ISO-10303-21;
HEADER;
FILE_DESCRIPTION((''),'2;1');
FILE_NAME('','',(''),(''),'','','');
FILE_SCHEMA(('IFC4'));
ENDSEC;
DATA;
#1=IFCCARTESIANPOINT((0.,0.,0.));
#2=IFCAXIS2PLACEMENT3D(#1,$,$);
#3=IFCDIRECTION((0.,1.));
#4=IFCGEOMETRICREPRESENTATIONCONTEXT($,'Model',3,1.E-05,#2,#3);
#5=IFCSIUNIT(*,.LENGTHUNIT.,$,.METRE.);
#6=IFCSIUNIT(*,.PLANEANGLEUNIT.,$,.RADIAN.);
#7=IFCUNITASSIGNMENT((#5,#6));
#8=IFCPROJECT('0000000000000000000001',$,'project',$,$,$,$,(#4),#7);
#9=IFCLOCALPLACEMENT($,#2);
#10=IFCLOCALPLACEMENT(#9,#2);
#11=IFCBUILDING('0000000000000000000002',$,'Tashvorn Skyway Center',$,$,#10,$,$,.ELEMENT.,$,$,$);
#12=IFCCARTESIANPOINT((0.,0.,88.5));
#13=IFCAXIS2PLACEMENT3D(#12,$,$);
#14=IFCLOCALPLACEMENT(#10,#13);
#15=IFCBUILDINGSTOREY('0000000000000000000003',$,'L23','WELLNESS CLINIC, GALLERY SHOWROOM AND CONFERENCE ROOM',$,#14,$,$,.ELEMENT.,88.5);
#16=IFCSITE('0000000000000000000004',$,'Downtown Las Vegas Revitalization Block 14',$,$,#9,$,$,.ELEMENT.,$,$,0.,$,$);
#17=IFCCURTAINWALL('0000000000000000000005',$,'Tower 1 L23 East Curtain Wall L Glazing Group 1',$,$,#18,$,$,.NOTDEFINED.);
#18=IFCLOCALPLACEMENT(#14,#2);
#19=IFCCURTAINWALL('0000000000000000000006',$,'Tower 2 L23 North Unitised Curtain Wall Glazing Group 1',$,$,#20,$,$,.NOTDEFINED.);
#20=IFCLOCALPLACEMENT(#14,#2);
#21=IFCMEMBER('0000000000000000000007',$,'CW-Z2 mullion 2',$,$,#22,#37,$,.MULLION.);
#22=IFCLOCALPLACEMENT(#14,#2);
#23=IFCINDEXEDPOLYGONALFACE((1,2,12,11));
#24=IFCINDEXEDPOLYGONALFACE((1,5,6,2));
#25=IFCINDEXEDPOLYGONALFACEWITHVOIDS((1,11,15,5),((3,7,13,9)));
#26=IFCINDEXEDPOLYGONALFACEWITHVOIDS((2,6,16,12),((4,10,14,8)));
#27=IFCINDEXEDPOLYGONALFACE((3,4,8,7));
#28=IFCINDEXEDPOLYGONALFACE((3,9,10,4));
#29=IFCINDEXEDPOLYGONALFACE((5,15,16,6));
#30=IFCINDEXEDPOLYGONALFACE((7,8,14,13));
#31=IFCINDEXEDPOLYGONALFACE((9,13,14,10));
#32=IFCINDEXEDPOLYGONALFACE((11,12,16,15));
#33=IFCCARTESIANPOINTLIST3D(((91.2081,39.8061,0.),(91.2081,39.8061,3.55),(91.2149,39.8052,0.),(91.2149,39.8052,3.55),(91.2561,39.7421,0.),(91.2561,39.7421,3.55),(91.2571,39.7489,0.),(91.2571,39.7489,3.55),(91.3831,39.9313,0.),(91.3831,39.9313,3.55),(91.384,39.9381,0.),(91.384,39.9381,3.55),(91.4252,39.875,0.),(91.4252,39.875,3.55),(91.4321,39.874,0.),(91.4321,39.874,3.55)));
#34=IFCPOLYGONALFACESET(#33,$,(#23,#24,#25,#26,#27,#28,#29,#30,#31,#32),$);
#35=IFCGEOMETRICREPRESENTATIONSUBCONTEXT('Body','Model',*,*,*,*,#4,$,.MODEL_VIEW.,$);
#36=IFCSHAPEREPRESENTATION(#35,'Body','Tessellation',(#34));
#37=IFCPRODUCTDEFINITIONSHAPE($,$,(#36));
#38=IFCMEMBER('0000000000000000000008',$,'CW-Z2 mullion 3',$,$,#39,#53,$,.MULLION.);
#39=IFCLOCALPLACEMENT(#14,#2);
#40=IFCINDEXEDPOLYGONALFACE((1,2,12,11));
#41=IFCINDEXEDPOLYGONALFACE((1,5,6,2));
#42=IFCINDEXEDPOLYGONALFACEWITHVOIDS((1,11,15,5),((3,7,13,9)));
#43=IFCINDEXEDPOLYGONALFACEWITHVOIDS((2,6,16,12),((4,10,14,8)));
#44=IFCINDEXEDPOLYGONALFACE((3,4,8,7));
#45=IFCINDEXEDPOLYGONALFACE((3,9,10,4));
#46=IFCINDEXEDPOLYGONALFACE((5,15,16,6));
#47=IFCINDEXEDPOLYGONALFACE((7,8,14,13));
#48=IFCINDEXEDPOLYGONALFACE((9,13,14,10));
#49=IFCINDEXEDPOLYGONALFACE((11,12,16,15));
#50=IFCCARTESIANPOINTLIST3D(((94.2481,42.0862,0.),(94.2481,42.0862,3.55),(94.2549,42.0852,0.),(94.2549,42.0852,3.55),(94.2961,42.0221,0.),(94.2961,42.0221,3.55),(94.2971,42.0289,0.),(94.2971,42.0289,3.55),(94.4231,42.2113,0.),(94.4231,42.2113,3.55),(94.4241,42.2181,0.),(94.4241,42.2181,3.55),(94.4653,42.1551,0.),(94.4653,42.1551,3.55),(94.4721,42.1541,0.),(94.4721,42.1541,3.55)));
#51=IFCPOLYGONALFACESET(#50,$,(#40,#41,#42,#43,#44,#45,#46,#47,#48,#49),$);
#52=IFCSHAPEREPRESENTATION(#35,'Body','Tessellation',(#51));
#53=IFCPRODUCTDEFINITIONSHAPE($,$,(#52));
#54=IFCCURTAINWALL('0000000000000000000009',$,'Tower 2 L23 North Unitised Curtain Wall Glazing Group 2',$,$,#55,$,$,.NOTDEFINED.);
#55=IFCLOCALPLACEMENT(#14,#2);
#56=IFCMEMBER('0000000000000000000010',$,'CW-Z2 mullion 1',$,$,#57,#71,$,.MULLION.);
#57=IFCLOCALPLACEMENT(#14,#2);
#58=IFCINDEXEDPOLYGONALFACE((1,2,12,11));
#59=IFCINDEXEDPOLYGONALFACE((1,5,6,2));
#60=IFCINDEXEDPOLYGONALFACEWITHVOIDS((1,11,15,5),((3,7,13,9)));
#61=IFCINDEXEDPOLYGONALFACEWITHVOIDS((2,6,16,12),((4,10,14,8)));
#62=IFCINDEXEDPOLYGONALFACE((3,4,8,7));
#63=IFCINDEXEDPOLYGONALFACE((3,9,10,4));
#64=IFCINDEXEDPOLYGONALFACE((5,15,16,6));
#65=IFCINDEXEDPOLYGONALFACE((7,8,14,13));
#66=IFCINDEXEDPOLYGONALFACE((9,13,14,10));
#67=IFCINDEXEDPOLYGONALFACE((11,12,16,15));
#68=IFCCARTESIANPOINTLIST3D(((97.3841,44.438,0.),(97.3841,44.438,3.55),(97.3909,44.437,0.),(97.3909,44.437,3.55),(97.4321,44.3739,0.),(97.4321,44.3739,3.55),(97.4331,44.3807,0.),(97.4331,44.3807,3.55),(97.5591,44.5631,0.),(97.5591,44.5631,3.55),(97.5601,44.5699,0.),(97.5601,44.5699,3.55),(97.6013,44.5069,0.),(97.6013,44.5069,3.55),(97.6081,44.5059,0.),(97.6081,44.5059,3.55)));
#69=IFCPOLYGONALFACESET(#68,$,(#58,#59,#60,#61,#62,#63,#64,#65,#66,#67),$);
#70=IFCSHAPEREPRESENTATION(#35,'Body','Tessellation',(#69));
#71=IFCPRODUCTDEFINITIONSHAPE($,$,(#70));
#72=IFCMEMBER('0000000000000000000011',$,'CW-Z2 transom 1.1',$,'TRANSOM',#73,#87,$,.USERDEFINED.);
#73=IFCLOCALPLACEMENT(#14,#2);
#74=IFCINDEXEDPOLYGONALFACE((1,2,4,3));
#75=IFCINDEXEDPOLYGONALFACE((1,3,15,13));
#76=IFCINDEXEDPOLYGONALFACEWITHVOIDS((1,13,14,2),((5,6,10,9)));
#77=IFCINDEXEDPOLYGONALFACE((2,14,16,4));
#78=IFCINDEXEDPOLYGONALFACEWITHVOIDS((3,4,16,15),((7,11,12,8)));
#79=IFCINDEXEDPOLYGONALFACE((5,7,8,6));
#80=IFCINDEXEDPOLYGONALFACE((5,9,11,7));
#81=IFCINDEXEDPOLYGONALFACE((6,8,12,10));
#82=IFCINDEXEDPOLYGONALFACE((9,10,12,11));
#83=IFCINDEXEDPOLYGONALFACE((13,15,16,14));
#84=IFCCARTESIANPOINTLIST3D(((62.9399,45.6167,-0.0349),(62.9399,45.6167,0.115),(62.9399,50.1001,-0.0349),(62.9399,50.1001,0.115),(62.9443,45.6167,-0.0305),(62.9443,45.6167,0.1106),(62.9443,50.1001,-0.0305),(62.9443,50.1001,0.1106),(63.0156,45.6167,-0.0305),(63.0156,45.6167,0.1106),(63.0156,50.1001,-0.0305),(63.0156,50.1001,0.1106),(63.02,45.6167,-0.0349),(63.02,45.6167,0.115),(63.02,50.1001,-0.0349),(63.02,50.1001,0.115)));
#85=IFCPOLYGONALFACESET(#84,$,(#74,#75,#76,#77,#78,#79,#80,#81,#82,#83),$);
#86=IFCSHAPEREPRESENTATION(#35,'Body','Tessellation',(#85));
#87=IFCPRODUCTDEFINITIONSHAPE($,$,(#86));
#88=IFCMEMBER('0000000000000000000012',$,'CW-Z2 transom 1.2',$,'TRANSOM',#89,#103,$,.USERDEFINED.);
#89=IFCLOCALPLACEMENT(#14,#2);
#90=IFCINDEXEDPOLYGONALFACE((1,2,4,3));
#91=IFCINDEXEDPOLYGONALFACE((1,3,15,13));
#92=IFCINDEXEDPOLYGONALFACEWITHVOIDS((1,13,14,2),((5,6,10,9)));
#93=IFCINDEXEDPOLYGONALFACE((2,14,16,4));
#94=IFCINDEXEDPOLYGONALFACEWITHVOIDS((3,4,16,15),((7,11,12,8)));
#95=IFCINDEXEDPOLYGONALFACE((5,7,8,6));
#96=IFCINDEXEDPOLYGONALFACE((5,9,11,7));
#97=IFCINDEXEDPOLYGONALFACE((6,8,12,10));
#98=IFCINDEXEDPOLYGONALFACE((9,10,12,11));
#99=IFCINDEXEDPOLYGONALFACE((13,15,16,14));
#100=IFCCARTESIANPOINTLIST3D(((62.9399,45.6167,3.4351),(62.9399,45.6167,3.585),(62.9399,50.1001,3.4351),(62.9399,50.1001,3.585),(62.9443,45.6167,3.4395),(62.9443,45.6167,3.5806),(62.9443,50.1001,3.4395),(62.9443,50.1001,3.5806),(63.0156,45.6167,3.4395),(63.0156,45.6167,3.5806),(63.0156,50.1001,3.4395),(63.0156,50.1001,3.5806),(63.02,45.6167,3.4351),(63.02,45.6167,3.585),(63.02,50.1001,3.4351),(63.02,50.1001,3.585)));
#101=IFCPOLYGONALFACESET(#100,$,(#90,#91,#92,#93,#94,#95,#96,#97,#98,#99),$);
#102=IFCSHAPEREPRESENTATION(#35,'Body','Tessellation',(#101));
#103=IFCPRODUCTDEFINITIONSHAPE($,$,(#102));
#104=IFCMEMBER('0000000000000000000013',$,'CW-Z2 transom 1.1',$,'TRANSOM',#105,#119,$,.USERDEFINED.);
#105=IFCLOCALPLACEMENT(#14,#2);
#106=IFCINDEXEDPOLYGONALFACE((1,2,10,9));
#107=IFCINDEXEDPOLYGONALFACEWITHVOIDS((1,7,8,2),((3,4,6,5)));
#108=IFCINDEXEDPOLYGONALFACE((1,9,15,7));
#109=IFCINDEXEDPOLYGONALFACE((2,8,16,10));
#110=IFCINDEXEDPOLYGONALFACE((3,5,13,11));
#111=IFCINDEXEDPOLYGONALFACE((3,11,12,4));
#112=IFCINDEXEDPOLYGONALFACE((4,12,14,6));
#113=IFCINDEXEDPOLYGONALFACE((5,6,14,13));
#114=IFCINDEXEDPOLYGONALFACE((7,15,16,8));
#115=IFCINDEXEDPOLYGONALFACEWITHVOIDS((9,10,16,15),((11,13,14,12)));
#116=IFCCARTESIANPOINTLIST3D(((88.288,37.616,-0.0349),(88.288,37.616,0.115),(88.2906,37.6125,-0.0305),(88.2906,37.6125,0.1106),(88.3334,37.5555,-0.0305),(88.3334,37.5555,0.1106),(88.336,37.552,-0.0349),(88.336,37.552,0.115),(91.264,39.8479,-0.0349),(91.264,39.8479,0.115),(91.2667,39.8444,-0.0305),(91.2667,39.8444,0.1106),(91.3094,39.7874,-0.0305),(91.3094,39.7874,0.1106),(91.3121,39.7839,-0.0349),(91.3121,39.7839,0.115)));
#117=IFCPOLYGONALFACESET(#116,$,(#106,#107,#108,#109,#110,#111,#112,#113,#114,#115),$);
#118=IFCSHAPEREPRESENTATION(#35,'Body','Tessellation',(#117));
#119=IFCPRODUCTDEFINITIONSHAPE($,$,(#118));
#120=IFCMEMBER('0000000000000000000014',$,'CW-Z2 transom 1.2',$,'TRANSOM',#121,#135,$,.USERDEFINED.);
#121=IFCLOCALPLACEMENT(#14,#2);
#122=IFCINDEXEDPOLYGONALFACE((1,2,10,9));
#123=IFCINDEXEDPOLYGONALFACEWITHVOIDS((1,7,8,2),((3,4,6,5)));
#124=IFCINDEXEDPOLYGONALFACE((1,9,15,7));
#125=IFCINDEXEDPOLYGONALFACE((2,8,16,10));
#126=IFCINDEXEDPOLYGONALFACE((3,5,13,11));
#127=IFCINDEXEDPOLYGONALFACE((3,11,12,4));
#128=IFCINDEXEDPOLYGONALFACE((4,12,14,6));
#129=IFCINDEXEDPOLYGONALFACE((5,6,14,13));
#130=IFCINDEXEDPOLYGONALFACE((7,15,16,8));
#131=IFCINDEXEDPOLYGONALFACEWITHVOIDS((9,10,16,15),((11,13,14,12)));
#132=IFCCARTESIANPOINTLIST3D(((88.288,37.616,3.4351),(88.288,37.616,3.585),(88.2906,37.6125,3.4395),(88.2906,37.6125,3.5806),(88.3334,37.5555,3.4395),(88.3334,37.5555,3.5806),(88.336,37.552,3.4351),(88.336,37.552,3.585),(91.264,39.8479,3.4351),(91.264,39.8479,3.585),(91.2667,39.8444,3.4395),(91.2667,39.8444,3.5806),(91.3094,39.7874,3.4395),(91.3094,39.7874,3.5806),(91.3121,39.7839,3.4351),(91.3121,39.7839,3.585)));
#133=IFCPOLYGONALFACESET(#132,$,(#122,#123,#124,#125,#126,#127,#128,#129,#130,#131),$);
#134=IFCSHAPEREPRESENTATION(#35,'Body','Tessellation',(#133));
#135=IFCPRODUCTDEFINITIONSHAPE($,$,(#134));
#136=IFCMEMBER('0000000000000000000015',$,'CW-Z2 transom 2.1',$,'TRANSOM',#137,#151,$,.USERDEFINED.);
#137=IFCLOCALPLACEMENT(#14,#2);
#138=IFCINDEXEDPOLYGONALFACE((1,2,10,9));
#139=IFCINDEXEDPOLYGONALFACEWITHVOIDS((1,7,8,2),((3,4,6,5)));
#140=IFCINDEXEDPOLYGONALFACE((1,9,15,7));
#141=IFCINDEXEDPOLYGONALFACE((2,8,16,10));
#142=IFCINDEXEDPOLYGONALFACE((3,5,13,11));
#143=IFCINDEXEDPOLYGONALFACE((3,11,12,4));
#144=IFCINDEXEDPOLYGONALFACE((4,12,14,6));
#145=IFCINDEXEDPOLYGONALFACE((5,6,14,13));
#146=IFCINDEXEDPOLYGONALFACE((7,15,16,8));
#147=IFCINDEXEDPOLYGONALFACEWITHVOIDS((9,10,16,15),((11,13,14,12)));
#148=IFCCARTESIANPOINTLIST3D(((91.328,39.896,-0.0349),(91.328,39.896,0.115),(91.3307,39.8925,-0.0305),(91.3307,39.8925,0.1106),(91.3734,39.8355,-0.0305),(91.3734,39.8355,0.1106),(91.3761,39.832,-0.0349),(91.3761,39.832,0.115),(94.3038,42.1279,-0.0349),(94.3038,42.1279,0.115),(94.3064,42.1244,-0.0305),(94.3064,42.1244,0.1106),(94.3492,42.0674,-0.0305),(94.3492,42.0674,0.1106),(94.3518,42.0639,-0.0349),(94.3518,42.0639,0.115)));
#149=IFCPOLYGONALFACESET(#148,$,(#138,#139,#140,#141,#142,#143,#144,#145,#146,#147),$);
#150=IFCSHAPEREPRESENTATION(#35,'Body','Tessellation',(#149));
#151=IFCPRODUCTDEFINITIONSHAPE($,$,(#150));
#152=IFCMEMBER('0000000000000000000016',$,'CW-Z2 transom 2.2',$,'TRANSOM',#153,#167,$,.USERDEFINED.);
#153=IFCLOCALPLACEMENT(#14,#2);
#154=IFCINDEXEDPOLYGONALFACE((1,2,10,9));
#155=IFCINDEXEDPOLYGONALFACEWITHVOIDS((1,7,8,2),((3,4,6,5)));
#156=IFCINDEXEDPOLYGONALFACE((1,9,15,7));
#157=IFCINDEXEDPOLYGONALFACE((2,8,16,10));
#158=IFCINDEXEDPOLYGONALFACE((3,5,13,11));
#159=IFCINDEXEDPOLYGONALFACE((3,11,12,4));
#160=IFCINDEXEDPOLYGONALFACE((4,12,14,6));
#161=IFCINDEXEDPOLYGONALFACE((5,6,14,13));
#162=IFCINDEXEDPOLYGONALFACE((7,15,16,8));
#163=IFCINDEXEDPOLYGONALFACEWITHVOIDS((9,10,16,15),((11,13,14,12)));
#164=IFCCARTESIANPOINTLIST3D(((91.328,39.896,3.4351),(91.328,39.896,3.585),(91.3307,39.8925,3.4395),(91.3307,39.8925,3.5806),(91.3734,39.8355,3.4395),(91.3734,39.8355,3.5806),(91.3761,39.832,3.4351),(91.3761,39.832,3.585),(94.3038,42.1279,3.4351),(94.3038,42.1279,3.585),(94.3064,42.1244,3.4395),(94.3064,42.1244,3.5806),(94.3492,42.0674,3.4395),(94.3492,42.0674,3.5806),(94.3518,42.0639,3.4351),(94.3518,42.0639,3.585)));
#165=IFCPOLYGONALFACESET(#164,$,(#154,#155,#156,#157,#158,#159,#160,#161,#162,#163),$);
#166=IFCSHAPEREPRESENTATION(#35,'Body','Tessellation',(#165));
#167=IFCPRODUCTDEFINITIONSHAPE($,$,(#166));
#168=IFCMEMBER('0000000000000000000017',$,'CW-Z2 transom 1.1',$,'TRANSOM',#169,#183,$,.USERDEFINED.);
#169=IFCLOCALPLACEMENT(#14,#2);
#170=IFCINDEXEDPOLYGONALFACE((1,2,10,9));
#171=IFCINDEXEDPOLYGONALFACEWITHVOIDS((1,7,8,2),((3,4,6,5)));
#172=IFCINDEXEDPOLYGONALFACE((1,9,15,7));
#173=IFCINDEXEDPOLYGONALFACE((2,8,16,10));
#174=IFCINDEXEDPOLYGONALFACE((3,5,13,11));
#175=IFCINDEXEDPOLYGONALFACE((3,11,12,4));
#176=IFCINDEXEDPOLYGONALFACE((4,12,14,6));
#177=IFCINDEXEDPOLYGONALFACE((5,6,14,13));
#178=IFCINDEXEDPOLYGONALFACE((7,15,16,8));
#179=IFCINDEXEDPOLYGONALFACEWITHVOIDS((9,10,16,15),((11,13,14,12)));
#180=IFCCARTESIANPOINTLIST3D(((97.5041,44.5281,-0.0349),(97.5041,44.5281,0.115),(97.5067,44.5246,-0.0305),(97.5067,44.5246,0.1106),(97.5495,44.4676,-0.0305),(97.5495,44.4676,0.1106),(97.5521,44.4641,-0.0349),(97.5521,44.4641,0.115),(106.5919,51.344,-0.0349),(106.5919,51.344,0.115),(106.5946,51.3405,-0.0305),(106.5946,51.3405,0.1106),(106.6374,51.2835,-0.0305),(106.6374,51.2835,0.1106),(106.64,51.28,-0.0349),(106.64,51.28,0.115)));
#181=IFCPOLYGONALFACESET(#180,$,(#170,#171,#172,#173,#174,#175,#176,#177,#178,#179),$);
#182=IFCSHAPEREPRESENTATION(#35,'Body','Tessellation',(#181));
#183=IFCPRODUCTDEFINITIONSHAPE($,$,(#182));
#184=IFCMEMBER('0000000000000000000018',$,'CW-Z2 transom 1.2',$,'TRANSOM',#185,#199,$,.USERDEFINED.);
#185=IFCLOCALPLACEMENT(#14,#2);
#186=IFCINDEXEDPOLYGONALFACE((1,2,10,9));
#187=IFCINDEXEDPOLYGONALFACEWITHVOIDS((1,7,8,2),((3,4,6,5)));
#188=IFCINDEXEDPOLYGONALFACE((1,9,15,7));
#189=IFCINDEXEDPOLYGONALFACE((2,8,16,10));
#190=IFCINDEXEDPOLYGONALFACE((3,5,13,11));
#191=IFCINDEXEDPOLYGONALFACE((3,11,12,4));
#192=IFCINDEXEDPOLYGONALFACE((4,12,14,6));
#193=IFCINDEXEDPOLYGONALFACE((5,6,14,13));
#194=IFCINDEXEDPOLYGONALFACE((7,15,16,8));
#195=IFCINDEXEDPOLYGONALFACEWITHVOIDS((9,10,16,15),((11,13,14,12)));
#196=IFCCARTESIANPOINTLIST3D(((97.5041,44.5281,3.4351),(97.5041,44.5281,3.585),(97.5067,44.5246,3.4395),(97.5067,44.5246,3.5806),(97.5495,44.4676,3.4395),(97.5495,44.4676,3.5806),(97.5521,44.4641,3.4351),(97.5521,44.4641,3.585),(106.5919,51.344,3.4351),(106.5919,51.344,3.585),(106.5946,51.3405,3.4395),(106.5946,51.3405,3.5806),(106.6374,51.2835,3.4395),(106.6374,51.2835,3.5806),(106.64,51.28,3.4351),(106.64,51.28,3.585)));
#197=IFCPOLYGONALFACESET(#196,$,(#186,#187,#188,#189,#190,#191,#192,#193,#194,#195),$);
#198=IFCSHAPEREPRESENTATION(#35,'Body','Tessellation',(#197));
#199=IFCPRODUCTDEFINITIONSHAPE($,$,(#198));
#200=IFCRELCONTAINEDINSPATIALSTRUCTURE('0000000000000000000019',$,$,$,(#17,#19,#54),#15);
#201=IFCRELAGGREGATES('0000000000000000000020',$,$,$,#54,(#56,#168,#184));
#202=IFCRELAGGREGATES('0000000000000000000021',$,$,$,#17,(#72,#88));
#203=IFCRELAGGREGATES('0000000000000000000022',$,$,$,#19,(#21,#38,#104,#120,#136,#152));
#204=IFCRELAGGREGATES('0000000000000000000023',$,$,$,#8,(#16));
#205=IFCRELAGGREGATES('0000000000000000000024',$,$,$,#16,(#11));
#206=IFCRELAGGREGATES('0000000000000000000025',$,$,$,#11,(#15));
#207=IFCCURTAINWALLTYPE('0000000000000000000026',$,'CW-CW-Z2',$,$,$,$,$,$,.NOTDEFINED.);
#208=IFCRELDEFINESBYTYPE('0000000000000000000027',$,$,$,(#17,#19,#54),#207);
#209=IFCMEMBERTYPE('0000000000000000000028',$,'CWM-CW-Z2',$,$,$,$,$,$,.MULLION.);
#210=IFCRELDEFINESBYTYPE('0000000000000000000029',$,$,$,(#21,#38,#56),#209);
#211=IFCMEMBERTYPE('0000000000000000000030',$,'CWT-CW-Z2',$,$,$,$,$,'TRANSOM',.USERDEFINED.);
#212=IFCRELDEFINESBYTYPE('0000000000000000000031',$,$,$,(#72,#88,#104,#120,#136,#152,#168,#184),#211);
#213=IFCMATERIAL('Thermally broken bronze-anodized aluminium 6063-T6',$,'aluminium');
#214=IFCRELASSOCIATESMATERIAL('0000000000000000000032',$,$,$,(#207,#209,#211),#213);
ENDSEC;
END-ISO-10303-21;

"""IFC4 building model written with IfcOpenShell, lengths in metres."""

from ifc_helpers import new_model, si_unit, direction, frame, origin, origin_2d, place, context, subcontext, project, spatial, hollow_rectangle, extrude, material, material_profile, profile_set, type_object, element, aggregate, save


model = new_model("IFC4")

# Units and contexts
model_context = context("Model", 3, precision=1e-05, world=origin(), true_north=direction((0.0, 1.0)))
body_context = subcontext(model_context, "Body", "Model", "MODEL_VIEW")
ifc_project = project(units=[si_unit("LENGTHUNIT", "METRE"), si_unit("PLANEANGLEUNIT", "RADIAN")], contexts=[model_context])

# Site, building, storey
site_placement = place(None, origin())
site = spatial("IfcSite", under=ifc_project, at=site_placement, Name="Downtown Las Vegas Revitalization Block 14", CompositionType="ELEMENT", RefElevation=0.0)
building_placement = place(site_placement, origin())
building = spatial("IfcBuilding", under=site, at=building_placement, Name="Tashvorn Skyway Center", CompositionType="ELEMENT")
storey_placement = place(building_placement, frame((0.0, 0.0, 88.5)))
storey = spatial("IfcBuildingStorey", under=building, at=storey_placement, Name="L23", Description="WELLNESS CLINIC, GALLERY SHOWROOM AND CONFERENCE ROOM", CompositionType="ELEMENT", Elevation=88.5)

# Curtain walls, members
ifc_material_1 = material(Name="Thermally broken bronze-anodized aluminium 6063-T6", Category="aluminium")
curtain_wall_type = type_object("IfcCurtainWallType", Name="CW-CW-Z2", PredefinedType="NOTDEFINED", material=ifc_material_1)
curtain_wall_1_placement = place(storey_placement, origin())
curtain_wall_1 = element("IfcCurtainWall", 1, at=curtain_wall_1_placement, inside=storey, type_object=curtain_wall_type, Name="Tower 1 L23 East Curtain Wall L Glazing Group 1", PredefinedType="NOTDEFINED")
ifc_material_profile_1 = material_profile(ifc_material_1, hollow_rectangle(XDim=0.0801, YDim=0.22, WallThickness=0.0049, at=origin_2d()), Name="ALU-MULL-80x220")
ifc_profile_set_1 = profile_set([ifc_material_profile_1], Name="Thermally broken bronze-anodized aluminium 6063-T6")
member_type_1 = type_object("IfcMemberType", Name="CWM-CW-Z2", PredefinedType="MULLION", material=ifc_profile_set_1)
curtain_wall_2_placement = place(storey_placement, origin())
curtain_wall_2 = element("IfcCurtainWall", 2, at=curtain_wall_2_placement, inside=storey, type_object=curtain_wall_type, Name="Tower 2 L23 North Unitised Curtain Wall Glazing Group 1", PredefinedType="NOTDEFINED")
member_1_placement = place(storey_placement, frame((91.3201, 39.8401, 0.0), z_axis=(0.0, 0.0, 1.0), x_axis=(-0.6, 0.8, 0.0)))
member_1 = element("IfcMember", 3, at=member_1_placement, type_object=member_type_1, Name="CW-Z2 mullion 2", PredefinedType="MULLION", context=body_context, shape_type="SweptSolid", body=[
    extrude(hollow_rectangle(XDim=0.0801, YDim=0.22, WallThickness=0.0049, at=origin_2d()), origin(), (0.0, 0.0, 1.0), 3.55),
])
member_2_placement = place(storey_placement, frame((94.3601, 42.1201, 0.0), z_axis=(0.0, 0.0, 1.0), x_axis=(-0.6, 0.8, 0.0)))
member_2 = element("IfcMember", 4, at=member_2_placement, type_object=member_type_1, Name="CW-Z2 mullion 3", PredefinedType="MULLION", context=body_context, shape_type="SweptSolid", body=[
    extrude(hollow_rectangle(XDim=0.0801, YDim=0.22, WallThickness=0.0049, at=origin_2d()), origin(), (0.0, 0.0, 1.0), 3.55),
])

# Curtain wall, member
curtain_wall_3_placement = place(storey_placement, origin())
curtain_wall_3 = element("IfcCurtainWall", 5, at=curtain_wall_3_placement, inside=storey, type_object=curtain_wall_type, Name="Tower 2 L23 North Unitised Curtain Wall Glazing Group 2", PredefinedType="NOTDEFINED")
member_3_placement = place(storey_placement, frame((97.4961, 44.4719, 0.0), z_axis=(0.0, 0.0, 1.0), x_axis=(-0.6, 0.8, 0.0)))
member_3 = element("IfcMember", 6, at=member_3_placement, type_object=member_type_1, Name="CW-Z2 mullion 1", PredefinedType="MULLION", context=body_context, shape_type="SweptSolid", body=[
    extrude(hollow_rectangle(XDim=0.0801, YDim=0.22, WallThickness=0.0049, at=origin_2d()), origin(), (0.0, 0.0, 1.0), 3.55),
])

# Members
ifc_material_profile_2 = material_profile(ifc_material_1, hollow_rectangle(XDim=0.0801, YDim=0.1499, WallThickness=0.0044, at=origin_2d()), Name="ALU-TRAN-80x150")
ifc_profile_set_2 = profile_set([ifc_material_profile_2], Name="Thermally broken bronze-anodized aluminium 6063-T6")
member_type_2 = type_object("IfcMemberType", Name="CWT-CW-Z2", ElementType="TRANSOM", PredefinedType="USERDEFINED", material=ifc_profile_set_2)
member_4_placement = place(storey_placement, frame((62.98, 50.1001, 0.04), z_axis=(0.0, -1.0, 0.0), x_axis=(1.0, 0.0, 0.0)))
member_4 = element("IfcMember", 7, at=member_4_placement, type_object=member_type_2, Name="CW-Z2 transom 1.1", ObjectType="TRANSOM", PredefinedType="USERDEFINED", context=body_context, shape_type="SweptSolid", body=[
    extrude(hollow_rectangle(XDim=0.0801, YDim=0.1499, WallThickness=0.0044, at=origin_2d()), origin(), (0.0, 0.0, 1.0), 4.4834),
])
member_5_placement = place(storey_placement, frame((62.98, 50.1001, 3.51), z_axis=(0.0, -1.0, 0.0), x_axis=(1.0, 0.0, 0.0)))
member_5 = element("IfcMember", 8, at=member_5_placement, type_object=member_type_2, Name="CW-Z2 transom 1.2", ObjectType="TRANSOM", PredefinedType="USERDEFINED", context=body_context, shape_type="SweptSolid", body=[
    extrude(hollow_rectangle(XDim=0.0801, YDim=0.1499, WallThickness=0.0044, at=origin_2d()), origin(), (0.0, 0.0, 1.0), 4.4834),
])
member_6_placement = place(storey_placement, frame((88.312, 37.584, 0.04), z_axis=(0.800016, 0.599979, 0.0), x_axis=(-0.599979, 0.800016, 0.0)))
member_6 = element("IfcMember", 9, at=member_6_placement, type_object=member_type_2, Name="CW-Z2 transom 1.1", ObjectType="TRANSOM", PredefinedType="USERDEFINED", context=body_context, shape_type="SweptSolid", body=[
    extrude(hollow_rectangle(XDim=0.0801, YDim=0.1499, WallThickness=0.0044, at=origin_2d()), origin(), (0.0, 0.0, 1.0), 3.72),
])
member_7_placement = place(storey_placement, frame((88.312, 37.584, 3.51), z_axis=(0.800016, 0.599979, 0.0), x_axis=(-0.599979, 0.800016, 0.0)))
member_7 = element("IfcMember", 10, at=member_7_placement, type_object=member_type_2, Name="CW-Z2 transom 1.2", ObjectType="TRANSOM", PredefinedType="USERDEFINED", context=body_context, shape_type="SweptSolid", body=[
    extrude(hollow_rectangle(XDim=0.0801, YDim=0.1499, WallThickness=0.0044, at=origin_2d()), origin(), (0.0, 0.0, 1.0), 3.72),
])
member_8_placement = place(storey_placement, frame((91.3521, 39.864, 0.04), z_axis=(0.799992, 0.600011, 0.0), x_axis=(-0.600011, 0.799992, 0.0)))
member_8 = element("IfcMember", 11, at=member_8_placement, type_object=member_type_2, Name="CW-Z2 transom 2.1", ObjectType="TRANSOM", PredefinedType="USERDEFINED", context=body_context, shape_type="SweptSolid", body=[
    extrude(hollow_rectangle(XDim=0.0801, YDim=0.1499, WallThickness=0.0044, at=origin_2d()), origin(), (0.0, 0.0, 1.0), 3.7197),
])
member_9_placement = place(storey_placement, frame((91.3521, 39.864, 3.51), z_axis=(0.799992, 0.600011, 0.0), x_axis=(-0.600011, 0.799992, 0.0)))
member_9 = element("IfcMember", 12, at=member_9_placement, type_object=member_type_2, Name="CW-Z2 transom 2.2", ObjectType="TRANSOM", PredefinedType="USERDEFINED", context=body_context, shape_type="SweptSolid", body=[
    extrude(hollow_rectangle(XDim=0.0801, YDim=0.1499, WallThickness=0.0044, at=origin_2d()), origin(), (0.0, 0.0, 1.0), 3.7197),
])
member_10_placement = place(storey_placement, frame((97.5281, 44.4961, 0.04), z_axis=(0.8, 0.6, 0.0), x_axis=(-0.6, 0.8, 0.0)))
member_10 = element("IfcMember", 13, at=member_10_placement, type_object=member_type_2, Name="CW-Z2 transom 1.1", ObjectType="TRANSOM", PredefinedType="USERDEFINED", context=body_context, shape_type="SweptSolid", body=[
    extrude(hollow_rectangle(XDim=0.0801, YDim=0.1499, WallThickness=0.0044, at=origin_2d()), origin(), (0.0, 0.0, 1.0), 11.3599),
])
member_11_placement = place(storey_placement, frame((97.5281, 44.4961, 3.51), z_axis=(0.8, 0.6, 0.0), x_axis=(-0.6, 0.8, 0.0)))
member_11 = element("IfcMember", 14, at=member_11_placement, type_object=member_type_2, Name="CW-Z2 transom 1.2", ObjectType="TRANSOM", PredefinedType="USERDEFINED", context=body_context, shape_type="SweptSolid", body=[
    extrude(hollow_rectangle(XDim=0.0801, YDim=0.1499, WallThickness=0.0044, at=origin_2d()), origin(), (0.0, 0.0, 1.0), 11.3599),
])
aggregate(curtain_wall_3, [member_3, member_10, member_11])

aggregate(curtain_wall_1, [member_4, member_5])
aggregate(curtain_wall_2, [member_1, member_2, member_6, member_7, member_8, member_9])

save(model, "model.ifc")
